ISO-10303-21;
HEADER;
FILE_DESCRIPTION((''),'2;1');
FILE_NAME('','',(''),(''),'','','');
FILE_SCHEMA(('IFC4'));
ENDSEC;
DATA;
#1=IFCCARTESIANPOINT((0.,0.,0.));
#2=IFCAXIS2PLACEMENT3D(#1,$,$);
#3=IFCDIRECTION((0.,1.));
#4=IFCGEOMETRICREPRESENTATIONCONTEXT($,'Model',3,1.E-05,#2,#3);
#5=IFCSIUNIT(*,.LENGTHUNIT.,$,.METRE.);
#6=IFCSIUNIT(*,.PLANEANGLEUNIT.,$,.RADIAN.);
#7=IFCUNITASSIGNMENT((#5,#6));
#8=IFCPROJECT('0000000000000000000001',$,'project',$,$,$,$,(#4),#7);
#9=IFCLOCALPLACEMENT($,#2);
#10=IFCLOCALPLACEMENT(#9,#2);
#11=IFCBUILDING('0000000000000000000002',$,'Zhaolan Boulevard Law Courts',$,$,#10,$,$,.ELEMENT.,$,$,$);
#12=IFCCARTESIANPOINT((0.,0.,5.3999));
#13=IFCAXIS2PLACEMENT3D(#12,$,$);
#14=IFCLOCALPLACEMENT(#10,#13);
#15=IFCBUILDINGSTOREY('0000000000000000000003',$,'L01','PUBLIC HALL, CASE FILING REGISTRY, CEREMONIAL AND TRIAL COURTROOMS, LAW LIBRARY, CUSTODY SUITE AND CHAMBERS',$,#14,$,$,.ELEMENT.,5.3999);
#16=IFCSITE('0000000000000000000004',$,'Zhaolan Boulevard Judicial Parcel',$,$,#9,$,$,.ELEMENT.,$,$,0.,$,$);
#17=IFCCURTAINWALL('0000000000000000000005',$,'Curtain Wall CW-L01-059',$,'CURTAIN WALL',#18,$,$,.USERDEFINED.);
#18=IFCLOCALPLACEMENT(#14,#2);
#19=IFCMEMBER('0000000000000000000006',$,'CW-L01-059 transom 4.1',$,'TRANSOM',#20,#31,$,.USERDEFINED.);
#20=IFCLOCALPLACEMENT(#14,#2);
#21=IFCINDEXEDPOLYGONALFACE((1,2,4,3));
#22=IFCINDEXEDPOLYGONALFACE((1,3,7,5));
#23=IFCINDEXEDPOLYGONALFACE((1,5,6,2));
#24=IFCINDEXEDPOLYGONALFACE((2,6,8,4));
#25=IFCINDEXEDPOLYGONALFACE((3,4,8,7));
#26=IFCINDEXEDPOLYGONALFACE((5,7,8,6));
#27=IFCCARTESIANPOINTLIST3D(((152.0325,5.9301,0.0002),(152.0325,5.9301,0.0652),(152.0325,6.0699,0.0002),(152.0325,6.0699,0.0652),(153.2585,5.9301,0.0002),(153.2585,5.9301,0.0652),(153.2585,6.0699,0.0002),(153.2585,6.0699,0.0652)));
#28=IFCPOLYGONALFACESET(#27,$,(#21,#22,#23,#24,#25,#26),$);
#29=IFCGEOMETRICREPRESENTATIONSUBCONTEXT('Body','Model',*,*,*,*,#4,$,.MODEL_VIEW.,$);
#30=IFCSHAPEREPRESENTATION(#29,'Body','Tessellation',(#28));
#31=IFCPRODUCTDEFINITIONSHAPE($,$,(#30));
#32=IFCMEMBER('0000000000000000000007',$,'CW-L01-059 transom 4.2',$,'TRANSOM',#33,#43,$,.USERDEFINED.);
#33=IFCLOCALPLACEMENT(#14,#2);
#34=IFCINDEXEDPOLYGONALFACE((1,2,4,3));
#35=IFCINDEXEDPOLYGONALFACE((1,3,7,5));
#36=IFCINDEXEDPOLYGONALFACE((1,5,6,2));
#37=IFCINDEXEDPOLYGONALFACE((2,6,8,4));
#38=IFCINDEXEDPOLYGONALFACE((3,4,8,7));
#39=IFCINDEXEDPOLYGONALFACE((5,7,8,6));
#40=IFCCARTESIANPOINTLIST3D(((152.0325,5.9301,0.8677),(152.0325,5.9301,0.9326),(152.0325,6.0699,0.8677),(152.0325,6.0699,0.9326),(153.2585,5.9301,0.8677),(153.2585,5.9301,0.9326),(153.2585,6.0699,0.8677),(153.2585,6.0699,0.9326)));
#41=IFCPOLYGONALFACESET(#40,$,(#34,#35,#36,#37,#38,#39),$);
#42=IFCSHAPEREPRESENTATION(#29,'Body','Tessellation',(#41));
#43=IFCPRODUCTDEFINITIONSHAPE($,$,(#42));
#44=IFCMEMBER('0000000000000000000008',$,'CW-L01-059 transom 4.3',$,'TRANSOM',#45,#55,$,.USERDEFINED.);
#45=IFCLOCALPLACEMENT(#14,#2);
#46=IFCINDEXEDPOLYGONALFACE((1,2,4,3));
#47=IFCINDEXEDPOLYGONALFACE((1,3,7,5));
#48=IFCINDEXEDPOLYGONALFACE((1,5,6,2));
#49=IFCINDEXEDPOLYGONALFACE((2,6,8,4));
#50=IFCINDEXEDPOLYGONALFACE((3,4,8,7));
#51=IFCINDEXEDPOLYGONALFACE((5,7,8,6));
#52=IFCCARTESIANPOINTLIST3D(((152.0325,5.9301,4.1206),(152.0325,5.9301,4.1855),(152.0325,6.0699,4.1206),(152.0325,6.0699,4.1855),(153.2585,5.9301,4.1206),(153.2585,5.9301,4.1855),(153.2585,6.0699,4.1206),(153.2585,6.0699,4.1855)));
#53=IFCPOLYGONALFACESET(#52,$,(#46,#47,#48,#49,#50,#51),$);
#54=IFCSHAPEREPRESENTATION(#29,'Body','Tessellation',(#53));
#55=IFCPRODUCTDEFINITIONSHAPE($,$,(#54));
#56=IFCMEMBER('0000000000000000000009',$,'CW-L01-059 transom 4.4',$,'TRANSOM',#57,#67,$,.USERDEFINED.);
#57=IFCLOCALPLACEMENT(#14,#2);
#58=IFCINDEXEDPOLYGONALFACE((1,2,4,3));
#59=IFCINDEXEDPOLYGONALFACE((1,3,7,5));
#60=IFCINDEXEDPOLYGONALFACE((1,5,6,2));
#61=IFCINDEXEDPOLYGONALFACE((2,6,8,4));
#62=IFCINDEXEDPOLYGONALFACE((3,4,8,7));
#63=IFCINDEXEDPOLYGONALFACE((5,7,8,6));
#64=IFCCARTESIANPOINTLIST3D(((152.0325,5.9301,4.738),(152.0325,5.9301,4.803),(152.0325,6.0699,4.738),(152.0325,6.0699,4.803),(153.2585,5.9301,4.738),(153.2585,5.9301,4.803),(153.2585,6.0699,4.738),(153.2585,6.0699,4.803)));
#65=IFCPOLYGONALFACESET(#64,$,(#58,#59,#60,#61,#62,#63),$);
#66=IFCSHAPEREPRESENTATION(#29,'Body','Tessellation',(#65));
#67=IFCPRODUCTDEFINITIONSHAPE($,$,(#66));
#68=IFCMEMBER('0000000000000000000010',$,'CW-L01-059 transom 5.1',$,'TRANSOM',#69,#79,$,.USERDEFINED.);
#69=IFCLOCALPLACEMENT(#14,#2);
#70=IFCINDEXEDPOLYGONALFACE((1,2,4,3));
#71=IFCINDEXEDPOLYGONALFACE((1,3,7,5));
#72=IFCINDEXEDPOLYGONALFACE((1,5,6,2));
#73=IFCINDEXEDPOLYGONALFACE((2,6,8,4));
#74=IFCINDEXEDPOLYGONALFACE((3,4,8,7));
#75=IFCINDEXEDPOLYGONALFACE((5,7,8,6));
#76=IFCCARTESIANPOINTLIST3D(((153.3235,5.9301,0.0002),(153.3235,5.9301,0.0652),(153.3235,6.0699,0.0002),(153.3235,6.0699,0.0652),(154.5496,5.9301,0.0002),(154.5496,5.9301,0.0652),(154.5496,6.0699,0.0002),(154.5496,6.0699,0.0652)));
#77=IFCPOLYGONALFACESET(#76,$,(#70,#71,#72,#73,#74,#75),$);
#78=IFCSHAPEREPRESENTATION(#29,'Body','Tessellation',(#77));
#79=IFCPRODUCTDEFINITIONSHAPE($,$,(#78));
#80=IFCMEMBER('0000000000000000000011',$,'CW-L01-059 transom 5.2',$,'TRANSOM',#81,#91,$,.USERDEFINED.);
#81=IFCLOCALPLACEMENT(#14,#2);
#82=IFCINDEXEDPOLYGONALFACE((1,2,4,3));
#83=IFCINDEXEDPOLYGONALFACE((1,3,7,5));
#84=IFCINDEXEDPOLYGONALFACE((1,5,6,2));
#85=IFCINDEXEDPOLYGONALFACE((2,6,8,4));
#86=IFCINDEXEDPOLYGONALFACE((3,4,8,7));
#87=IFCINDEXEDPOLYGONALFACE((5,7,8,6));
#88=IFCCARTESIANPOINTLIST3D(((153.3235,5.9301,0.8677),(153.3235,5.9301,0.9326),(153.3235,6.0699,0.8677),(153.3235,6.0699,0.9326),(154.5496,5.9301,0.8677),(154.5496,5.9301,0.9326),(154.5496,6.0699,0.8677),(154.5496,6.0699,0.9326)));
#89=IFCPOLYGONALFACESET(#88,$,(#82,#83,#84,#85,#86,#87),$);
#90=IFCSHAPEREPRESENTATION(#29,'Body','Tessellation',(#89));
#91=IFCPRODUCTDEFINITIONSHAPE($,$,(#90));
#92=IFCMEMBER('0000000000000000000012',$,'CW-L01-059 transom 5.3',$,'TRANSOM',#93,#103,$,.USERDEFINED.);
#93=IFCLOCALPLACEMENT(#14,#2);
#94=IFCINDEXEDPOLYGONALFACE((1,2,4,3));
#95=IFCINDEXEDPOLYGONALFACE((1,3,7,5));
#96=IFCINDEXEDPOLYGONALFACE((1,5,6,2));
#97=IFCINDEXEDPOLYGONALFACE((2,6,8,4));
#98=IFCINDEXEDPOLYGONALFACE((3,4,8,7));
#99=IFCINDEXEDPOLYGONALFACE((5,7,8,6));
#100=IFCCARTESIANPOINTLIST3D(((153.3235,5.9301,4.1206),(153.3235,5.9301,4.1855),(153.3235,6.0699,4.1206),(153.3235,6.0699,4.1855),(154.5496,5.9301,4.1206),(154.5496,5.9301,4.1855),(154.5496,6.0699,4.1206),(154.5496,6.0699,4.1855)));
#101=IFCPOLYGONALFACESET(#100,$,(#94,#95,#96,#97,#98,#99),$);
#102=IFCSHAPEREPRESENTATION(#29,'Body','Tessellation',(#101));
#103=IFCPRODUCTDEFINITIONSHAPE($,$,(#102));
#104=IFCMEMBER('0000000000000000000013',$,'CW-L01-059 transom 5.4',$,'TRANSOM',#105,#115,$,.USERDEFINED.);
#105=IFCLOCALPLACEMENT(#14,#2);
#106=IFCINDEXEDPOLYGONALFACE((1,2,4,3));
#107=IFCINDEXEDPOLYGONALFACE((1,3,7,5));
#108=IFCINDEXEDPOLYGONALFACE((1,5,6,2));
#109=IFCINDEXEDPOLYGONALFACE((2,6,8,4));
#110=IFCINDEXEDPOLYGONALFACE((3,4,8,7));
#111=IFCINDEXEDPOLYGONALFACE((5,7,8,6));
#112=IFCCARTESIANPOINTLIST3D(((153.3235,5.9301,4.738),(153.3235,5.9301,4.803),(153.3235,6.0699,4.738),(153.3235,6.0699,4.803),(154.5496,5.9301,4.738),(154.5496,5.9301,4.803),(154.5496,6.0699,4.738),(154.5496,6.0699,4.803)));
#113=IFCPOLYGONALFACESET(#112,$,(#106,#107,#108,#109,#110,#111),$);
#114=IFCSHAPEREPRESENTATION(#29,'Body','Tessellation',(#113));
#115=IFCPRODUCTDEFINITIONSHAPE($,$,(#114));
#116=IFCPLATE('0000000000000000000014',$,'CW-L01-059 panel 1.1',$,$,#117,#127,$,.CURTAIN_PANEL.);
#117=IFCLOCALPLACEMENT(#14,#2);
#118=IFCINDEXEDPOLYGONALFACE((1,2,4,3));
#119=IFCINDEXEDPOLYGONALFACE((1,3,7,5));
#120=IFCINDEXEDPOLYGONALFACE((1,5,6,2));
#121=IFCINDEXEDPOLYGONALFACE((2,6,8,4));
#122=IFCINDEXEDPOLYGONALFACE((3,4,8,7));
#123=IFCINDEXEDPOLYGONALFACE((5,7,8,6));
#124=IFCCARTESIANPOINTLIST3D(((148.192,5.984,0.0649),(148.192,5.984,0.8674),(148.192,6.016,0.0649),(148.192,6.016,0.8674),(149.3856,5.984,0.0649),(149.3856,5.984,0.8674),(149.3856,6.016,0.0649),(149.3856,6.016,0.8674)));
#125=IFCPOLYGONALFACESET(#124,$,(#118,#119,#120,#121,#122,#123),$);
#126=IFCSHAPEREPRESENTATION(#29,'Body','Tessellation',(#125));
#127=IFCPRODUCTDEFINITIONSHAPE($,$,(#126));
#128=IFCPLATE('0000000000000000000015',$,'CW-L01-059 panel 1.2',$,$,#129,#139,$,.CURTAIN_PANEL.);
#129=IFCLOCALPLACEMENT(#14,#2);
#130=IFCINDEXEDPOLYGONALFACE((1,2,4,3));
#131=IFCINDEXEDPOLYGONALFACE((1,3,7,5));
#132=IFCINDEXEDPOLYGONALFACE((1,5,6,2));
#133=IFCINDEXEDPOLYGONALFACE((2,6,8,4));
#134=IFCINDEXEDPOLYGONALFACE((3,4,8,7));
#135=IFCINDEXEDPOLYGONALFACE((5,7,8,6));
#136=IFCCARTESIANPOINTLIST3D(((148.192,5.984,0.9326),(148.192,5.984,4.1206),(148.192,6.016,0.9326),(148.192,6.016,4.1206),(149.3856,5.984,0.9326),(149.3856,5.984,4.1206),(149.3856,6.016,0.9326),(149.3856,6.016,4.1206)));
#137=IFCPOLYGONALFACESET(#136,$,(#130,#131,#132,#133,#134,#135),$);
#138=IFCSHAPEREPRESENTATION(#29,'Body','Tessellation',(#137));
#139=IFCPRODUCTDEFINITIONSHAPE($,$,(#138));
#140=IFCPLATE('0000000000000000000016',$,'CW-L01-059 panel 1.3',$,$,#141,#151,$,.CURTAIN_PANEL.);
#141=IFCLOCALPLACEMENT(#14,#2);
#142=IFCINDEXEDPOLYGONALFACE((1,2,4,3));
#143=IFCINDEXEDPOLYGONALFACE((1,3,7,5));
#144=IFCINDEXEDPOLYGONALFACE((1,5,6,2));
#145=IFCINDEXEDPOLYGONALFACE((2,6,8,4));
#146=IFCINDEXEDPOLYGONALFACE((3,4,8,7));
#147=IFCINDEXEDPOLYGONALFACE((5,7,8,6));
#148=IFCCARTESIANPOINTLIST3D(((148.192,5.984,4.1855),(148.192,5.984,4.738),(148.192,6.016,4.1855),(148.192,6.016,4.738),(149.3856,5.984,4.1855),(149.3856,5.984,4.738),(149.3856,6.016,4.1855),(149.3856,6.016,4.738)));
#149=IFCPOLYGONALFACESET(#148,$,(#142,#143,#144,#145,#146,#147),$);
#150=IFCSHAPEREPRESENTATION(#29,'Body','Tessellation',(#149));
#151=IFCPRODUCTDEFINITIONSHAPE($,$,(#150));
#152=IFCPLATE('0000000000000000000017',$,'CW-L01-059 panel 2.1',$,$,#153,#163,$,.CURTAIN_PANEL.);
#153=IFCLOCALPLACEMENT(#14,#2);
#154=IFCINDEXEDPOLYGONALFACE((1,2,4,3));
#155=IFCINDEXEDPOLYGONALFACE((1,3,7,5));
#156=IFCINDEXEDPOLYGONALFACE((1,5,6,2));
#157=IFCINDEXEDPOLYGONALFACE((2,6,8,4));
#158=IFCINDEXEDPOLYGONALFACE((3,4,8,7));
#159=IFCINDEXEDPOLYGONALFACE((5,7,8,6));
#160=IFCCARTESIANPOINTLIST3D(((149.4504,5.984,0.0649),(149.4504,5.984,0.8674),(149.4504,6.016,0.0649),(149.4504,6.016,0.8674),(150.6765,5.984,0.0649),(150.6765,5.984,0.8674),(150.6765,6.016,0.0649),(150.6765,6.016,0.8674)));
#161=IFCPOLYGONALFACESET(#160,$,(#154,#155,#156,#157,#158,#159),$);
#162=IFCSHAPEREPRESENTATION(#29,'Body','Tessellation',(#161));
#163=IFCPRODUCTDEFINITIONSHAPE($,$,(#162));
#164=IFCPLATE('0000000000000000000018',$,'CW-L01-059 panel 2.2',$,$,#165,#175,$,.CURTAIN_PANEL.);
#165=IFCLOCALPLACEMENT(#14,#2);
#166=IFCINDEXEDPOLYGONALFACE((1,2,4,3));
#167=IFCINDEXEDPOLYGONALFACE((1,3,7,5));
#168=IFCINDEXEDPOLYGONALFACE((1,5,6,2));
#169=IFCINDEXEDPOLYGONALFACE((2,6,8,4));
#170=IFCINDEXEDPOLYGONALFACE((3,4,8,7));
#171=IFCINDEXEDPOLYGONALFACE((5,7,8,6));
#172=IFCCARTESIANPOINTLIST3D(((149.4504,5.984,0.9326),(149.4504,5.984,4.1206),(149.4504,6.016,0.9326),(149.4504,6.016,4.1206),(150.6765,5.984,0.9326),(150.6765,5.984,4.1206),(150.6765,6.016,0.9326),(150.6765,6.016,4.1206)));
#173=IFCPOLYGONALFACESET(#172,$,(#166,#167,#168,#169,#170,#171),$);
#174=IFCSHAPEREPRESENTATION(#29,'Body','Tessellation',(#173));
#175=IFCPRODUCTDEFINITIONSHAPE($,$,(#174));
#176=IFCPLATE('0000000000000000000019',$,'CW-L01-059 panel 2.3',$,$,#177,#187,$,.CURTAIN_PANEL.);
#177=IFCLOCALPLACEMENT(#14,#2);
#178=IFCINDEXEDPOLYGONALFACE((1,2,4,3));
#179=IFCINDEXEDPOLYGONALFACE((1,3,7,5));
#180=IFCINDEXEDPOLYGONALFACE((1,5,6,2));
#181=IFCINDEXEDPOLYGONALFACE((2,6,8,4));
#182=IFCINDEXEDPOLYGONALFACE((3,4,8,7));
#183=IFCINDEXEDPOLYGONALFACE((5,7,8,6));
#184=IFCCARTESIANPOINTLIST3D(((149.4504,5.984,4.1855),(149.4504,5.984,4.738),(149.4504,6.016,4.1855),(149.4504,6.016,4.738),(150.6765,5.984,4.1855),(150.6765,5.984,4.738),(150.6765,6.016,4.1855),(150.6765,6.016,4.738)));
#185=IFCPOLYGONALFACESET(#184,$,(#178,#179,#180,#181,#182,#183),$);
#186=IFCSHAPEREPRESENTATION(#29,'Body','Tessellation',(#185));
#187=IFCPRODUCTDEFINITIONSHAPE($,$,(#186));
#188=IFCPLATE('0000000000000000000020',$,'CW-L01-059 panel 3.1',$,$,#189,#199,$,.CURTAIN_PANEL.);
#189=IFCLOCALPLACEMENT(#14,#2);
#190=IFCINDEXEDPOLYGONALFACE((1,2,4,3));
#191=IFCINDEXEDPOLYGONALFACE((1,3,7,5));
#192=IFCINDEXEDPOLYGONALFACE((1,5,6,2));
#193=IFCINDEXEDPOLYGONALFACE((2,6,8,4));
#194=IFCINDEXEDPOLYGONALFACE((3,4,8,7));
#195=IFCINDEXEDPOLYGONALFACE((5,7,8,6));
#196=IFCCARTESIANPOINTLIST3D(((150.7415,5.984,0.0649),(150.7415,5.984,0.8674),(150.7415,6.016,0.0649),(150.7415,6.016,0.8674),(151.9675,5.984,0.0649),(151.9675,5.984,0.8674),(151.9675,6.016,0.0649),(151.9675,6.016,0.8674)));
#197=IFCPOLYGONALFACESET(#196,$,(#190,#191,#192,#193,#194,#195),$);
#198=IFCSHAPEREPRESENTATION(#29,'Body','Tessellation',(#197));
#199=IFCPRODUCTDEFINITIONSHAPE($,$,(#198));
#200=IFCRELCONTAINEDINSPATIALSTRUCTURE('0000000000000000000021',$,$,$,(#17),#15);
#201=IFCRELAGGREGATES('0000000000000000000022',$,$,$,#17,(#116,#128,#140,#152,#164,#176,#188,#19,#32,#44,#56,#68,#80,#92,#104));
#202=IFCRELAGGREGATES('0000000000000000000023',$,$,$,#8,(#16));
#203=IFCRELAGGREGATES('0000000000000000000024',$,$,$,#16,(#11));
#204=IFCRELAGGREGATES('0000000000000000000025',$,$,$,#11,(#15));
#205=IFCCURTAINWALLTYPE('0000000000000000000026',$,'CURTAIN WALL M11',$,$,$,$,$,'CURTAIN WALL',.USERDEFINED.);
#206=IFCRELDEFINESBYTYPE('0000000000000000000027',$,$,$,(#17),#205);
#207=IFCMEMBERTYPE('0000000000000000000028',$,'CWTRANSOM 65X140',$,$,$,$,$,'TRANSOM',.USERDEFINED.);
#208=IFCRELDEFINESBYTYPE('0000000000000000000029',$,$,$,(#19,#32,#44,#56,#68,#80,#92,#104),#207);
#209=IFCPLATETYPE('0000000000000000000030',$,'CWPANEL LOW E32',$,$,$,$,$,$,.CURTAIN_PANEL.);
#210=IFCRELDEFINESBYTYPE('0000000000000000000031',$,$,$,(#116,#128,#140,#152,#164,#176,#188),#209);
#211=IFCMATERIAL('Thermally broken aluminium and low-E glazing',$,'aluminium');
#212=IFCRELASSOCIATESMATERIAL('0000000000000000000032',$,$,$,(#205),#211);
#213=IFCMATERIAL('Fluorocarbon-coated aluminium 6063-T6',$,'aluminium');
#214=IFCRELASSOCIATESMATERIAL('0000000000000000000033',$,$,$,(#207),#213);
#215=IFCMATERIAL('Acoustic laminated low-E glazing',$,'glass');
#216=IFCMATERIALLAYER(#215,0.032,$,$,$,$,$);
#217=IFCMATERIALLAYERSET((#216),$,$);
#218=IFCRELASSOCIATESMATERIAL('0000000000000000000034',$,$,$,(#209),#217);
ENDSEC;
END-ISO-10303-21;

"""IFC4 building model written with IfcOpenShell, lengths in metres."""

from ifc_helpers import new_model, si_unit, direction, frame, origin, origin_2d, place, context, subcontext, project, spatial, rectangle, extrude, material, layer, layer_set, material_profile, profile_set, type_object, element, aggregate, save


model = new_model("IFC4")

# Units and contexts
model_context = context("Model", 3, precision=1e-05, world=origin(), true_north=direction((0.0, 1.0)))
body_context = subcontext(model_context, "Body", "Model", "MODEL_VIEW")
ifc_project = project(units=[si_unit("LENGTHUNIT", "METRE"), si_unit("PLANEANGLEUNIT", "RADIAN")], contexts=[model_context])

# Site, building, storey
site_placement = place(None, origin())
site = spatial("IfcSite", under=ifc_project, at=site_placement, Name="Zhaolan Boulevard Judicial Parcel", CompositionType="ELEMENT", RefElevation=0.0)
building_placement = place(site_placement, origin())
building = spatial("IfcBuilding", under=site, at=building_placement, Name="Zhaolan Boulevard Law Courts", CompositionType="ELEMENT")
storey_placement = place(building_placement, frame((0.0, 0.0, 5.3999)))
storey = spatial("IfcBuildingStorey", under=building, at=storey_placement, Name="L01", Description="PUBLIC HALL, CASE FILING REGISTRY, CEREMONIAL AND TRIAL COURTROOMS, LAW LIBRARY, CUSTODY SUITE AND CHAMBERS", CompositionType="ELEMENT", Elevation=5.3999)

# Curtain wall, members, plates
ifc_material_1 = material(Name="Thermally broken aluminium and low-E glazing", Category="aluminium")
curtain_wall_type = type_object("IfcCurtainWallType", Name="CURTAIN WALL M11", ElementType="CURTAIN WALL", PredefinedType="USERDEFINED", material=ifc_material_1)
curtain_wall_placement = place(storey_placement, origin())
curtain_wall = element("IfcCurtainWall", 1, at=curtain_wall_placement, inside=storey, type_object=curtain_wall_type, Name="Curtain Wall CW-L01-059", ObjectType="CURTAIN WALL", PredefinedType="USERDEFINED")
ifc_material_2 = material(Name="Fluorocarbon-coated aluminium 6063-T6", Category="aluminium")
ifc_material_profile_1 = material_profile(ifc_material_2, rectangle(XDim=0.1399, YDim=0.0649, at=origin_2d()), Name="AL65x140")
ifc_profile_set_1 = profile_set([ifc_material_profile_1], Name="Fluorocarbon-coated aluminium 6063-T6")
member_type_1 = type_object("IfcMemberType", Name="CWTRANSOM 65X140", ElementType="TRANSOM", PredefinedType="USERDEFINED", material=ifc_profile_set_1)
member_1_placement = place(storey_placement, frame((152.0325, 6.0, 0.0327), z_axis=(1.0, 0.0, 0.0), x_axis=(0.0, 1.0, 0.0)))
member_1 = element("IfcMember", 2, at=member_1_placement, type_object=member_type_1, Name="CW-L01-059 transom 4.1", ObjectType="TRANSOM", PredefinedType="USERDEFINED", context=body_context, shape_type="SweptSolid", body=[
    extrude(rectangle(XDim=0.1399, YDim=0.0649, at=origin_2d()), origin(), (0.0, 0.0, 1.0), 1.2261),
])
member_2_placement = place(storey_placement, frame((152.0325, 6.0, 0.9001), z_axis=(1.0, 0.0, 0.0), x_axis=(0.0, 1.0, 0.0)))
member_2 = element("IfcMember", 3, at=member_2_placement, type_object=member_type_1, Name="CW-L01-059 transom 4.2", ObjectType="TRANSOM", PredefinedType="USERDEFINED", context=body_context, shape_type="SweptSolid", body=[
    extrude(rectangle(XDim=0.1399, YDim=0.0649, at=origin_2d()), origin(), (0.0, 0.0, 1.0), 1.2261),
])
member_3_placement = place(storey_placement, frame((152.0325, 6.0, 4.1531), z_axis=(1.0, 0.0, 0.0), x_axis=(0.0, 1.0, 0.0)))
member_3 = element("IfcMember", 4, at=member_3_placement, type_object=member_type_1, Name="CW-L01-059 transom 4.3", ObjectType="TRANSOM", PredefinedType="USERDEFINED", context=body_context, shape_type="SweptSolid", body=[
    extrude(rectangle(XDim=0.1399, YDim=0.0649, at=origin_2d()), origin(), (0.0, 0.0, 1.0), 1.2261),
])
member_4_placement = place(storey_placement, frame((152.0325, 6.0, 4.7705), z_axis=(1.0, 0.0, 0.0), x_axis=(0.0, 1.0, 0.0)))
member_4 = element("IfcMember", 5, at=member_4_placement, type_object=member_type_1, Name="CW-L01-059 transom 4.4", ObjectType="TRANSOM", PredefinedType="USERDEFINED", context=body_context, shape_type="SweptSolid", body=[
    extrude(rectangle(XDim=0.1399, YDim=0.0649, at=origin_2d()), origin(), (0.0, 0.0, 1.0), 1.2261),
])
member_5_placement = place(storey_placement, frame((153.3235, 6.0, 0.0327), z_axis=(1.0, 0.0, 0.0), x_axis=(0.0, 1.0, 0.0)))
member_5 = element("IfcMember", 6, at=member_5_placement, type_object=member_type_1, Name="CW-L01-059 transom 5.1", ObjectType="TRANSOM", PredefinedType="USERDEFINED", context=body_context, shape_type="SweptSolid", body=[
    extrude(rectangle(XDim=0.1399, YDim=0.0649, at=origin_2d()), origin(), (0.0, 0.0, 1.0), 1.2261),
])
member_6_placement = place(storey_placement, frame((153.3235, 6.0, 0.9001), z_axis=(1.0, 0.0, 0.0), x_axis=(0.0, 1.0, 0.0)))
member_6 = element("IfcMember", 7, at=member_6_placement, type_object=member_type_1, Name="CW-L01-059 transom 5.2", ObjectType="TRANSOM", PredefinedType="USERDEFINED", context=body_context, shape_type="SweptSolid", body=[
    extrude(rectangle(XDim=0.1399, YDim=0.0649, at=origin_2d()), origin(), (0.0, 0.0, 1.0), 1.2261),
])
member_7_placement = place(storey_placement, frame((153.3235, 6.0, 4.1531), z_axis=(1.0, 0.0, 0.0), x_axis=(0.0, 1.0, 0.0)))
member_7 = element("IfcMember", 8, at=member_7_placement, type_object=member_type_1, Name="CW-L01-059 transom 5.3", ObjectType="TRANSOM", PredefinedType="USERDEFINED", context=body_context, shape_type="SweptSolid", body=[
    extrude(rectangle(XDim=0.1399, YDim=0.0649, at=origin_2d()), origin(), (0.0, 0.0, 1.0), 1.2261),
])
member_8_placement = place(storey_placement, frame((153.3235, 6.0, 4.7705), z_axis=(1.0, 0.0, 0.0), x_axis=(0.0, 1.0, 0.0)))
member_8 = element("IfcMember", 9, at=member_8_placement, type_object=member_type_1, Name="CW-L01-059 transom 5.4", ObjectType="TRANSOM", PredefinedType="USERDEFINED", context=body_context, shape_type="SweptSolid", body=[
    extrude(rectangle(XDim=0.1399, YDim=0.0649, at=origin_2d()), origin(), (0.0, 0.0, 1.0), 1.2261),
])
ifc_material_3 = material(Name="Acoustic laminated low-E glazing", Category="glass")
ifc_layer = layer(ifc_material_3, 0.032)
ifc_layer_set = layer_set([ifc_layer])
plate_type = type_object("IfcPlateType", Name="CWPANEL LOW E32", PredefinedType="CURTAIN_PANEL", material=ifc_layer_set)
plate_1_placement = place(storey_placement, frame((148.7888, 6.0, 0.0649), z_axis=(0.0, 0.0, 1.0), x_axis=(1.0, 0.0, 0.0)))
plate_1 = element("IfcPlate", 10, at=plate_1_placement, type_object=plate_type, Name="CW-L01-059 panel 1.1", PredefinedType="CURTAIN_PANEL", context=body_context, shape_type="SweptSolid", body=[
    extrude(rectangle(XDim=1.1936, YDim=0.032, at=origin_2d()), origin(), (0.0, 0.0, 1.0), 0.8025),
])
plate_2_placement = place(storey_placement, frame((148.7888, 6.0, 0.9326), z_axis=(0.0, 0.0, 1.0), x_axis=(1.0, 0.0, 0.0)))
plate_2 = element("IfcPlate", 11, at=plate_2_placement, type_object=plate_type, Name="CW-L01-059 panel 1.2", PredefinedType="CURTAIN_PANEL", context=body_context, shape_type="SweptSolid", body=[
    extrude(rectangle(XDim=1.1936, YDim=0.032, at=origin_2d()), origin(), (0.0, 0.0, 1.0), 3.188),
])
plate_3_placement = place(storey_placement, frame((148.7888, 6.0, 4.1855), z_axis=(0.0, 0.0, 1.0), x_axis=(1.0, 0.0, 0.0)))
plate_3 = element("IfcPlate", 12, at=plate_3_placement, type_object=plate_type, Name="CW-L01-059 panel 1.3", PredefinedType="CURTAIN_PANEL", context=body_context, shape_type="SweptSolid", body=[
    extrude(rectangle(XDim=1.1936, YDim=0.032, at=origin_2d()), origin(), (0.0, 0.0, 1.0), 0.5525),
])
plate_4_placement = place(storey_placement, frame((150.0635, 6.0, 0.0649), z_axis=(0.0, 0.0, 1.0), x_axis=(1.0, 0.0, 0.0)))
plate_4 = element("IfcPlate", 13, at=plate_4_placement, type_object=plate_type, Name="CW-L01-059 panel 2.1", PredefinedType="CURTAIN_PANEL", context=body_context, shape_type="SweptSolid", body=[
    extrude(rectangle(XDim=1.2261, YDim=0.032, at=origin_2d()), origin(), (0.0, 0.0, 1.0), 0.8025),
])
plate_5_placement = place(storey_placement, frame((150.0635, 6.0, 0.9326), z_axis=(0.0, 0.0, 1.0), x_axis=(1.0, 0.0, 0.0)))
plate_5 = element("IfcPlate", 14, at=plate_5_placement, type_object=plate_type, Name="CW-L01-059 panel 2.2", PredefinedType="CURTAIN_PANEL", context=body_context, shape_type="SweptSolid", body=[
    extrude(rectangle(XDim=1.2261, YDim=0.032, at=origin_2d()), origin(), (0.0, 0.0, 1.0), 3.188),
])
plate_6_placement = place(storey_placement, frame((150.0635, 6.0, 4.1855), z_axis=(0.0, 0.0, 1.0), x_axis=(1.0, 0.0, 0.0)))
plate_6 = element("IfcPlate", 15, at=plate_6_placement, type_object=plate_type, Name="CW-L01-059 panel 2.3", PredefinedType="CURTAIN_PANEL", context=body_context, shape_type="SweptSolid", body=[
    extrude(rectangle(XDim=1.2261, YDim=0.032, at=origin_2d()), origin(), (0.0, 0.0, 1.0), 0.5525),
])
plate_7_placement = place(storey_placement, frame((151.3545, 6.0, 0.0649), z_axis=(0.0, 0.0, 1.0), x_axis=(1.0, 0.0, 0.0)))
plate_7 = element("IfcPlate", 16, at=plate_7_placement, type_object=plate_type, Name="CW-L01-059 panel 3.1", PredefinedType="CURTAIN_PANEL", context=body_context, shape_type="SweptSolid", body=[
    extrude(rectangle(XDim=1.2261, YDim=0.032, at=origin_2d()), origin(), (0.0, 0.0, 1.0), 0.8025),
])
aggregate(curtain_wall, [plate_1, plate_2, plate_3, plate_4, plate_5, plate_6, plate_7, member_1, member_2, member_3, member_4, member_5, member_6, member_7, member_8])

save(model, "model.ifc")
